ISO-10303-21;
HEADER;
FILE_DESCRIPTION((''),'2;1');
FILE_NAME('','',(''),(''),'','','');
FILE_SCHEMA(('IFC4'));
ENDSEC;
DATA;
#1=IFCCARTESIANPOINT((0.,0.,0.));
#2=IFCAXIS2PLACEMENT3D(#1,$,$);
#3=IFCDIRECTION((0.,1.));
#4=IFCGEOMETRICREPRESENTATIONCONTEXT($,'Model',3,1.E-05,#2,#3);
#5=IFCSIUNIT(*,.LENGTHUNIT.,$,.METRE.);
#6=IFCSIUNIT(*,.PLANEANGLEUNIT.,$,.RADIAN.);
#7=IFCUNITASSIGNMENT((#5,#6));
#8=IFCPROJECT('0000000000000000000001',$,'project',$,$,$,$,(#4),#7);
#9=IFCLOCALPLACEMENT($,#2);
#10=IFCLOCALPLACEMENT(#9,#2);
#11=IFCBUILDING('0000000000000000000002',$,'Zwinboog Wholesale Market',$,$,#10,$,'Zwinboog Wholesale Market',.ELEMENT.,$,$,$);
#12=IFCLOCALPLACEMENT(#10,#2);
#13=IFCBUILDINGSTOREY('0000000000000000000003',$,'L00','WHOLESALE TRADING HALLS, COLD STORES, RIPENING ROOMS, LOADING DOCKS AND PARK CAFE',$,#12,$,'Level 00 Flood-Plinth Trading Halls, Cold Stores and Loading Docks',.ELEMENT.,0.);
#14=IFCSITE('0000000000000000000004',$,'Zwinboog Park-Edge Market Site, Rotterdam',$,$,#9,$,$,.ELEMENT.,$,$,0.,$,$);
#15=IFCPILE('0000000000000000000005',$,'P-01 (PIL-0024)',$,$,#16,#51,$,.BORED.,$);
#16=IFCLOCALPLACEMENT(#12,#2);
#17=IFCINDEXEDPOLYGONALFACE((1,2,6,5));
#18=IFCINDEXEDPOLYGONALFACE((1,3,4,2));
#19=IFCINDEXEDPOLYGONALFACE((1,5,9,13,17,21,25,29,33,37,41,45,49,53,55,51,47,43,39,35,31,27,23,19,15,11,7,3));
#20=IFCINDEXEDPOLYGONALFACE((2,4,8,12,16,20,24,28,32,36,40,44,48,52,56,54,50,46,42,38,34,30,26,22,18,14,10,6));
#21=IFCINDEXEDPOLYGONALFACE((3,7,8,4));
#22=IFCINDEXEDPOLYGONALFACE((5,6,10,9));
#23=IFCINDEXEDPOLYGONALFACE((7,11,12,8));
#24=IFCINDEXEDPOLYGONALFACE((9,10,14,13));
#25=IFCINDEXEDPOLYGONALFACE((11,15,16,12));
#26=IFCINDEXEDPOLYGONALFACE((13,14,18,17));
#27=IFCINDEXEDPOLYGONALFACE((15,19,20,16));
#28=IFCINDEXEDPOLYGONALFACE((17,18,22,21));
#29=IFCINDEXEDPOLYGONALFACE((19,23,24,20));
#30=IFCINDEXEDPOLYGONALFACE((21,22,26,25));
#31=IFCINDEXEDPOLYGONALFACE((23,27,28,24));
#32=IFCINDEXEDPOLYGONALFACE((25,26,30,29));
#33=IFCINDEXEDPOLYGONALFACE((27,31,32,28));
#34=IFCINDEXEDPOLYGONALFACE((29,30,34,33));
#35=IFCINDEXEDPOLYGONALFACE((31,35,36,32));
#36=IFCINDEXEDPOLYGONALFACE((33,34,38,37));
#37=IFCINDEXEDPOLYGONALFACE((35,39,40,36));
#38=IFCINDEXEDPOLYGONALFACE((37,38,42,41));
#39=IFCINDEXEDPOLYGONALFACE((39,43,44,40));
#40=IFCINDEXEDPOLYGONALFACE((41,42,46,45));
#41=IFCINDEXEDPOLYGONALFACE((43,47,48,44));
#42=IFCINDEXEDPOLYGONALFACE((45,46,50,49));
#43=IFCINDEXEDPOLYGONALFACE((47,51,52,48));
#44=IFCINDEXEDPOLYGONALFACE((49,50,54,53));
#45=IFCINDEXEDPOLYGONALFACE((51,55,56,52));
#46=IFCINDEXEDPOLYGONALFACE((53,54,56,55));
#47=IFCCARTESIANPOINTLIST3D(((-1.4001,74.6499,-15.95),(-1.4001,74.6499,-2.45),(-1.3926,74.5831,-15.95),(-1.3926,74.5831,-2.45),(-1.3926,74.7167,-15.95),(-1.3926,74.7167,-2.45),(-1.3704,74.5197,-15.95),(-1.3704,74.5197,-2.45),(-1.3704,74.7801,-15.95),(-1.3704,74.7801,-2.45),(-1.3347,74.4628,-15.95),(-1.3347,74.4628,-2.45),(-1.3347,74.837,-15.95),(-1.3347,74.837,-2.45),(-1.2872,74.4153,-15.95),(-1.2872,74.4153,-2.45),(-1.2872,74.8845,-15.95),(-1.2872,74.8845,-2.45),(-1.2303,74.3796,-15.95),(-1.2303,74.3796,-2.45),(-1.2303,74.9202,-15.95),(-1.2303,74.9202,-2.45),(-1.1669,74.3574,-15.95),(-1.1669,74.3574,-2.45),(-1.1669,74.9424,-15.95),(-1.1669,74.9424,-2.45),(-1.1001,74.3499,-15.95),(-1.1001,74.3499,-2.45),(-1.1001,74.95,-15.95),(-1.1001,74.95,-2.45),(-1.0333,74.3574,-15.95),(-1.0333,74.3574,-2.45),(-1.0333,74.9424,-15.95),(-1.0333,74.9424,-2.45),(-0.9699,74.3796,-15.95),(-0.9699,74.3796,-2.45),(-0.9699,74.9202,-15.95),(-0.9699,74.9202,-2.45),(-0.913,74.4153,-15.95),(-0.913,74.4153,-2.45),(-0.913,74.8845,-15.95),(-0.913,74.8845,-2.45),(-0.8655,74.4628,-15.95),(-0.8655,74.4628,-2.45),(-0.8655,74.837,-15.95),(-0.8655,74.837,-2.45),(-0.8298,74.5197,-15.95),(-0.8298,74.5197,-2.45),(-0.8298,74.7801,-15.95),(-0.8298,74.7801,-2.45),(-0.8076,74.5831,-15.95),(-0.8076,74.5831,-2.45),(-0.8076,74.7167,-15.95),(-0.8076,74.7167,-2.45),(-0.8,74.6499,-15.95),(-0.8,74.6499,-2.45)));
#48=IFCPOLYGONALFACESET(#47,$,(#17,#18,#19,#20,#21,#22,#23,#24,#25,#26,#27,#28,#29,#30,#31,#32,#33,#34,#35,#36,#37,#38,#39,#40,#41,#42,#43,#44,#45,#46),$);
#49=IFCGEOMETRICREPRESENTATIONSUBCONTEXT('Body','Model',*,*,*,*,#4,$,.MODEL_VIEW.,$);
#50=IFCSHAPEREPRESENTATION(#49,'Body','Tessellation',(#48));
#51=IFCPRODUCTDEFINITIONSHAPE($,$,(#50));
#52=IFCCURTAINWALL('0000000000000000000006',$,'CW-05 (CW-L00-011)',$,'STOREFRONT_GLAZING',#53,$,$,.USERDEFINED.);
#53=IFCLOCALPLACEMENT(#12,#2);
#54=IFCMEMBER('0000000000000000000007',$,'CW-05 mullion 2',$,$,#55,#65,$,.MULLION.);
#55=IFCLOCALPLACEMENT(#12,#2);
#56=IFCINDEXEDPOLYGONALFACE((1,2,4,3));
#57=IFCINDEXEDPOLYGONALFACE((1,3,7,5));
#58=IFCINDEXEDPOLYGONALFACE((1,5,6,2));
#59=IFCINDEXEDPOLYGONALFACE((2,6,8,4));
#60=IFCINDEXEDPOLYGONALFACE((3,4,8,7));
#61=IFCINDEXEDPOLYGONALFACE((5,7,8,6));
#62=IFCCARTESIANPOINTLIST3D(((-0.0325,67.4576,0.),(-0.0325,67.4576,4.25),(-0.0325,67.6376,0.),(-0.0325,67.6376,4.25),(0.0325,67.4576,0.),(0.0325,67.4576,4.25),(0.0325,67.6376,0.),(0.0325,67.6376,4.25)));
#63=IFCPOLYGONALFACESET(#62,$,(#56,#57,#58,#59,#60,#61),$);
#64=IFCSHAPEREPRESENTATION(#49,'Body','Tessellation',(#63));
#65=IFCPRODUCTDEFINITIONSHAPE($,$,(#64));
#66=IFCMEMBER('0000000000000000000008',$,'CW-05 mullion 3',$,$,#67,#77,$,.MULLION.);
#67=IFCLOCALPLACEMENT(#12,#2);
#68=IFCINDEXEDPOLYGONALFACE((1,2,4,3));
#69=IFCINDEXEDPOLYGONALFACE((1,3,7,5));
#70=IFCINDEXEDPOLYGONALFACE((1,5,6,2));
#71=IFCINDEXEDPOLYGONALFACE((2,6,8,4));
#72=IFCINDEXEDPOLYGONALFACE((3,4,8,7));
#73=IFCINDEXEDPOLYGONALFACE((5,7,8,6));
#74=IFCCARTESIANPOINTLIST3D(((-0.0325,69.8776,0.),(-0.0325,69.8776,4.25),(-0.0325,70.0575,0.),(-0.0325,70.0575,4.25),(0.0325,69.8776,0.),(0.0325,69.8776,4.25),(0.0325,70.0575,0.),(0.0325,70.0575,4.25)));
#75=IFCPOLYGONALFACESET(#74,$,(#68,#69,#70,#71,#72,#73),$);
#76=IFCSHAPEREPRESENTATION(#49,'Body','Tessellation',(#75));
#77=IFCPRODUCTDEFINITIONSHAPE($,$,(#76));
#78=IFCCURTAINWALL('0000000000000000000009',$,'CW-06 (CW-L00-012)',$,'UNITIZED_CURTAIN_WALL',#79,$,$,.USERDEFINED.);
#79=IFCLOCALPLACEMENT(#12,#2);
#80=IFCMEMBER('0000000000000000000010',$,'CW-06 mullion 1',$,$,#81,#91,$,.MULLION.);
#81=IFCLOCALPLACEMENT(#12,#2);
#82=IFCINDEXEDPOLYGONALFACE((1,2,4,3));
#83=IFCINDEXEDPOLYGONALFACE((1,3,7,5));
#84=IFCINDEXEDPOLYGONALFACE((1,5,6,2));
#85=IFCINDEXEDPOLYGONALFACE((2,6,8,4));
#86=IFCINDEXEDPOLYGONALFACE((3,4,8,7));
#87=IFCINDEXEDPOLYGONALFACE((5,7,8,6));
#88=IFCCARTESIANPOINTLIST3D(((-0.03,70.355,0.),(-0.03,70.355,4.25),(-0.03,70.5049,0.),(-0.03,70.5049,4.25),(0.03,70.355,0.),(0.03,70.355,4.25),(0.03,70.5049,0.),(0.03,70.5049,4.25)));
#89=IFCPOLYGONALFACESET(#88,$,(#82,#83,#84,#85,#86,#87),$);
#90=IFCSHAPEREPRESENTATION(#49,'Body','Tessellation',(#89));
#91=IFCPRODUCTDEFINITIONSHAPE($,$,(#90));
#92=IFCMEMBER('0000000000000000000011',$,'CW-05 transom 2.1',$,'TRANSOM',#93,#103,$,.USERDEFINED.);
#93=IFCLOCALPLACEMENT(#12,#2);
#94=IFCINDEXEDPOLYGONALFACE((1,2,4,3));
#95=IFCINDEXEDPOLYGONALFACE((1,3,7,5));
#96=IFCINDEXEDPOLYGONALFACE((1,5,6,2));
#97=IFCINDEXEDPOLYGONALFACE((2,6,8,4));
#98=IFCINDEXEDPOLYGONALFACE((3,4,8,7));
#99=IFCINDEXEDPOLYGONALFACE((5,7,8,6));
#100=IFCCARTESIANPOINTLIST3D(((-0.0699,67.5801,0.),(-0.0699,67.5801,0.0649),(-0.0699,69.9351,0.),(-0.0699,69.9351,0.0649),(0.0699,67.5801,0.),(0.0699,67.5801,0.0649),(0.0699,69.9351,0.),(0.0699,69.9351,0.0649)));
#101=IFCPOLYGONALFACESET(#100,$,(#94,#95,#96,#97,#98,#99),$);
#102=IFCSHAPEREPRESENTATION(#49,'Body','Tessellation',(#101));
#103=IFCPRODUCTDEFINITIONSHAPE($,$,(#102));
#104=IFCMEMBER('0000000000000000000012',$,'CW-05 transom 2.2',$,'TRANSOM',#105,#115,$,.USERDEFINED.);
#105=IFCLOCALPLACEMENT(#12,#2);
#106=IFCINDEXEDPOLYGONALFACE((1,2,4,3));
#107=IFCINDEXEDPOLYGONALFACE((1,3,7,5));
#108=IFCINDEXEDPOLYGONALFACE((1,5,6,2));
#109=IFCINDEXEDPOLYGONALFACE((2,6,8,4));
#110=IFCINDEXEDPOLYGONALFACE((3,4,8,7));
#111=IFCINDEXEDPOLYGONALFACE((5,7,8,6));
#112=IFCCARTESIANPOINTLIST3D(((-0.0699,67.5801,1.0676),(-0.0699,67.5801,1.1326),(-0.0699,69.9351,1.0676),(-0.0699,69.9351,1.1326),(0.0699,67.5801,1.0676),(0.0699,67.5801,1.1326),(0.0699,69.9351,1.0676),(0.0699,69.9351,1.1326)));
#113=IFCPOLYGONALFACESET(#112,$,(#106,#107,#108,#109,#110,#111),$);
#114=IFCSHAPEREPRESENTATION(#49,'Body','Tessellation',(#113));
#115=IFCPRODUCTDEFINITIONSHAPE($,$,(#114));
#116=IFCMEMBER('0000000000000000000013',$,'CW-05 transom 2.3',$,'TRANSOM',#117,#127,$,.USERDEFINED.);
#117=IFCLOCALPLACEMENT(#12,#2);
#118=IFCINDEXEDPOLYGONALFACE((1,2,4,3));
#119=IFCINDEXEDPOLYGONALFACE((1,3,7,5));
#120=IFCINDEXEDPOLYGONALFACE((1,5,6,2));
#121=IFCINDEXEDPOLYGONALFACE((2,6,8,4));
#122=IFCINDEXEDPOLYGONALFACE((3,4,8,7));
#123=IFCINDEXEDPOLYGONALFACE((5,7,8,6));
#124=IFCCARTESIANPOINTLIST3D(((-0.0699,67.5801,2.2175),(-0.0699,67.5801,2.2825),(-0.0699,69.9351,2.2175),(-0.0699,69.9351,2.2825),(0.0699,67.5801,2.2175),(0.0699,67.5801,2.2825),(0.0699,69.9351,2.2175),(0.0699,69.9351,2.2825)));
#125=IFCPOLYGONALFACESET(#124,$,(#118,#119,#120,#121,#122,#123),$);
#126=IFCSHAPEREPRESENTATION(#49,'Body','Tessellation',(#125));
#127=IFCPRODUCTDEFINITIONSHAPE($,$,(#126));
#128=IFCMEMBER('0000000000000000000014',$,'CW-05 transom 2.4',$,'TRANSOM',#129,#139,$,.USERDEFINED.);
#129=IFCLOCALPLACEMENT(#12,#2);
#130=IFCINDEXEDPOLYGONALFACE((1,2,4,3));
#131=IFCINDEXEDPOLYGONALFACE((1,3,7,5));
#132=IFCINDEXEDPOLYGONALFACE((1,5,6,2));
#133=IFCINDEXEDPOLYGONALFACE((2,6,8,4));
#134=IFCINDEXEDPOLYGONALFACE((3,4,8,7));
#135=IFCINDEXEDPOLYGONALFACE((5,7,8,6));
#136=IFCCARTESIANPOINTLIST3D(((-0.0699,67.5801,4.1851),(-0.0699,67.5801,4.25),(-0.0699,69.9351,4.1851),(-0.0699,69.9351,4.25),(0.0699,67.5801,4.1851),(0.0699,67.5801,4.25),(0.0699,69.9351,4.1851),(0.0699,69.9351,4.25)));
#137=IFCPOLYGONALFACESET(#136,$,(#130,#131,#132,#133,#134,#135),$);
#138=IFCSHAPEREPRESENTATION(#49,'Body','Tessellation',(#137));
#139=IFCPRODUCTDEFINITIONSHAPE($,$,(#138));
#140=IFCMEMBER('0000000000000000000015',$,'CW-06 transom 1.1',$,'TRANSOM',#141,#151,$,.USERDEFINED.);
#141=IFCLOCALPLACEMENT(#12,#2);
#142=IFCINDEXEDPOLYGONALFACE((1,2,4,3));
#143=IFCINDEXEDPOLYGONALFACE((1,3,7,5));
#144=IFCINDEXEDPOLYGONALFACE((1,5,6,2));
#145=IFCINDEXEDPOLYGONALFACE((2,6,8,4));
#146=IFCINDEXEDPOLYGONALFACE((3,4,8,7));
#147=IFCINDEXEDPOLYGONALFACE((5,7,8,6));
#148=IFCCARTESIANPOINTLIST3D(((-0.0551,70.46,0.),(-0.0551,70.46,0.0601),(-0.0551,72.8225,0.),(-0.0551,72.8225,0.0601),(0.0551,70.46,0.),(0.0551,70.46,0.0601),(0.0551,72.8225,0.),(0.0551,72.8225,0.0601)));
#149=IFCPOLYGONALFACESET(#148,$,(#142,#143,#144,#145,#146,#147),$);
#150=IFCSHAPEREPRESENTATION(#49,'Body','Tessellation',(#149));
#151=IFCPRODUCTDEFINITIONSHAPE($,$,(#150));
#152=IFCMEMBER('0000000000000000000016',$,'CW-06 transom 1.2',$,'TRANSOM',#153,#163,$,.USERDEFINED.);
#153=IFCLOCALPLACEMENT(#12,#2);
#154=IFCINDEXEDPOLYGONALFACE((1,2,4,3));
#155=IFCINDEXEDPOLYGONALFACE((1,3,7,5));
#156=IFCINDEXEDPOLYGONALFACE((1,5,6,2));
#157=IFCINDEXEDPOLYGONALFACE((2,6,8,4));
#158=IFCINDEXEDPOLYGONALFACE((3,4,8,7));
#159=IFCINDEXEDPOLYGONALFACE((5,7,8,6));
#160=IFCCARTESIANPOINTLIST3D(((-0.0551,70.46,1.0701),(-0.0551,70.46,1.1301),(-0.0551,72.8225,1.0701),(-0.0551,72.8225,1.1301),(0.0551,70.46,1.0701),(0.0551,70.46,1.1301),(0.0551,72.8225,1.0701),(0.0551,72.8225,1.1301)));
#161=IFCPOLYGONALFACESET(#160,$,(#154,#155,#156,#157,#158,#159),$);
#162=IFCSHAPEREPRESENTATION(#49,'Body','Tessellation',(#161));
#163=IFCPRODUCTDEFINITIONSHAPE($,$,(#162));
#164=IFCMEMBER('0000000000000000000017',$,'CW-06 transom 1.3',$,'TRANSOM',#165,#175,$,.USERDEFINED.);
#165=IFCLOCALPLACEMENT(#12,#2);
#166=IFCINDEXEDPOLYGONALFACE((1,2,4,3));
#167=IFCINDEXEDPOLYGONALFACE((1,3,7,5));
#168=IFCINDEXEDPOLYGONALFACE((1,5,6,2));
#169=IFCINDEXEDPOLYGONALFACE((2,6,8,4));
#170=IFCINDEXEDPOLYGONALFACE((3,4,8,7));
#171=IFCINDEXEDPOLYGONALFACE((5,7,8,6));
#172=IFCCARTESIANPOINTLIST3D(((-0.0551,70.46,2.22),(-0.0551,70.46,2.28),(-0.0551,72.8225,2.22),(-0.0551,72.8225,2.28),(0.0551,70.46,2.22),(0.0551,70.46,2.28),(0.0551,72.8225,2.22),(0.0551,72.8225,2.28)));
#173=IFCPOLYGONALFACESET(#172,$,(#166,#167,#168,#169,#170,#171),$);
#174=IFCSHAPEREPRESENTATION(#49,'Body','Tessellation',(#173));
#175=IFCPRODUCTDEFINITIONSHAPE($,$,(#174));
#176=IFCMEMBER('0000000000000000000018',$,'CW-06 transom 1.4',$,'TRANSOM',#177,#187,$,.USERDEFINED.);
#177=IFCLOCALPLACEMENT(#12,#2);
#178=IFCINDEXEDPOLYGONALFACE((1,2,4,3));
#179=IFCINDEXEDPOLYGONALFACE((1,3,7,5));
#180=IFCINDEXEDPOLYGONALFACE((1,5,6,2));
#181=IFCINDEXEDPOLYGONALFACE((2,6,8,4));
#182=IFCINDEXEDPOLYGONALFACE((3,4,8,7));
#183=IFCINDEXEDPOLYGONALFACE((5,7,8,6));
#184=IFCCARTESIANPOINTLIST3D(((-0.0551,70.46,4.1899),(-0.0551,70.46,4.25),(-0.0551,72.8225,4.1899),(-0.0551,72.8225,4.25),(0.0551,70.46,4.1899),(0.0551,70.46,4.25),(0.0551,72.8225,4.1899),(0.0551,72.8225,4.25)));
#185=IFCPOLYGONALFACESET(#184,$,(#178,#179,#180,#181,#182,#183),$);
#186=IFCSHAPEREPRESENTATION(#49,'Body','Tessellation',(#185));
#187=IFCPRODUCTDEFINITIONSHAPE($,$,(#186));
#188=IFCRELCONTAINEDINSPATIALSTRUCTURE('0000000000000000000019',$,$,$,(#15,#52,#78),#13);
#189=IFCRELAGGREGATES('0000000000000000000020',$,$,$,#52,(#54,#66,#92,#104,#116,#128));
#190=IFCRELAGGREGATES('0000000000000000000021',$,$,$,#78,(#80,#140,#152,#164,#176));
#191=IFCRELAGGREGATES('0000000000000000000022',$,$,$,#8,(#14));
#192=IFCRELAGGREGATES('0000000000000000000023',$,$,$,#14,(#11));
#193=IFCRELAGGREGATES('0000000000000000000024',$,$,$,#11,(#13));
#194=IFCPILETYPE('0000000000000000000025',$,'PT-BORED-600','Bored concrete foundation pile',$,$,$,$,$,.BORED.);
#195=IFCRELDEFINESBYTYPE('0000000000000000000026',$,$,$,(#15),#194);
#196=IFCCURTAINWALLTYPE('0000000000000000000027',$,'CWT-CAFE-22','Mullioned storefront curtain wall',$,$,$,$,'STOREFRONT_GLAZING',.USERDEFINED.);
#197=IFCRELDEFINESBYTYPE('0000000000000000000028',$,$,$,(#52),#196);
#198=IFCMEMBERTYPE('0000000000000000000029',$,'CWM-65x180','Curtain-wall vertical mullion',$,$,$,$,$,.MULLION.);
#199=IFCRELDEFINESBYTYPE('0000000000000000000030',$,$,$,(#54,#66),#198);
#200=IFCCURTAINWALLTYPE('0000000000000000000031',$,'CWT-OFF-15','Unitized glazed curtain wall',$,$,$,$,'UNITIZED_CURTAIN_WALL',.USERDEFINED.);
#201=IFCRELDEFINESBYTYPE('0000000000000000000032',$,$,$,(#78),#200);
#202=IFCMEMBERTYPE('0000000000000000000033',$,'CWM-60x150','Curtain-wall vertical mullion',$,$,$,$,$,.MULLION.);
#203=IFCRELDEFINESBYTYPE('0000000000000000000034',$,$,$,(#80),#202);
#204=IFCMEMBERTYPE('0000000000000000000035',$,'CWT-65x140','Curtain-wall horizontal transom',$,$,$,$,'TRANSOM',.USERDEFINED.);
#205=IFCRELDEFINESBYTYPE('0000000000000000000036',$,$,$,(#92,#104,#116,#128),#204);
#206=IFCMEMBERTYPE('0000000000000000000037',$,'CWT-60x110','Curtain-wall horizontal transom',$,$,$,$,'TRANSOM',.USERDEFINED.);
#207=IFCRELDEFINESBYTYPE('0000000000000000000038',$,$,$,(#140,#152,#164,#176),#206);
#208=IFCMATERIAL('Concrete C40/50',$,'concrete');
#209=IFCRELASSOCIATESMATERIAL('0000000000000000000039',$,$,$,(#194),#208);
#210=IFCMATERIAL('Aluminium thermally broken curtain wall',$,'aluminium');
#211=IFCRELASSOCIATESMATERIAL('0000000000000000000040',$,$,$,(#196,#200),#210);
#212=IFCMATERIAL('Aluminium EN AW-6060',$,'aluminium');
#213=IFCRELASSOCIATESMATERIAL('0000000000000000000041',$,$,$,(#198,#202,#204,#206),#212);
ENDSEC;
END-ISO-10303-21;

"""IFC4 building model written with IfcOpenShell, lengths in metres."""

from ifc_helpers import new_model, si_unit, direction, frame, origin, origin_2d, place, context, subcontext, project, spatial, rectangle, circle, extrude, material, material_profile, profile_set, type_object, element, aggregate, save


model = new_model("IFC4")

# Units and contexts
model_context = context("Model", 3, precision=1e-05, world=origin(), true_north=direction((0.0, 1.0)))
body_context = subcontext(model_context, "Body", "Model", "MODEL_VIEW")
ifc_project = project(units=[si_unit("LENGTHUNIT", "METRE"), si_unit("PLANEANGLEUNIT", "RADIAN")], contexts=[model_context])

# Site, building, storey
site_placement = place(None, origin())
site = spatial("IfcSite", under=ifc_project, at=site_placement, Name="Zwinboog Park-Edge Market Site, Rotterdam", CompositionType="ELEMENT", RefElevation=0.0)
building_placement = place(site_placement, origin())
building = spatial("IfcBuilding", under=site, at=building_placement, Name="Zwinboog Wholesale Market", LongName="Zwinboog Wholesale Market", CompositionType="ELEMENT")
storey_placement = place(building_placement, origin())
storey = spatial("IfcBuildingStorey", under=building, at=storey_placement, Name="L00", Description="WHOLESALE TRADING HALLS, COLD STORES, RIPENING ROOMS, LOADING DOCKS AND PARK CAFE", LongName="Level 00 Flood-Plinth Trading Halls, Cold Stores and Loading Docks", CompositionType="ELEMENT", Elevation=0.0)

# Pile
ifc_material_1 = material(Name="Concrete C40/50", Category="concrete")
ifc_material_profile_1 = material_profile(ifc_material_1, circle(Radius=0.3, at=origin_2d()), Name="PILE D600")
ifc_profile_set_1 = profile_set([ifc_material_profile_1], Name="Concrete C40/50")
pile_type = type_object("IfcPileType", Name="PT-BORED-600", Description="Bored concrete foundation pile", PredefinedType="BORED", material=ifc_profile_set_1)
pile_placement = place(storey_placement, frame((-1.1001, 74.6499, -2.45), z_axis=(0.0, 0.0, -1.0), x_axis=(1.0, 0.0, 0.0)))
element("IfcPile", 1, at=pile_placement, inside=storey, type_object=pile_type, Name="P-01 (PIL-0024)", PredefinedType="BORED", context=body_context, shape_type="SweptSolid", body=[
    extrude(circle(Radius=0.3, at=origin_2d()), origin(), (0.0, 0.0, 1.0), 13.5),
])

# Curtain wall, members
ifc_material_2 = material(Name="Aluminium thermally broken curtain wall", Category="aluminium")
curtain_wall_type_1 = type_object("IfcCurtainWallType", Name="CWT-CAFE-22", Description="Mullioned storefront curtain wall", ElementType="STOREFRONT_GLAZING", PredefinedType="USERDEFINED", material=ifc_material_2)
curtain_wall_1_placement = place(storey_placement, origin())
curtain_wall_1 = element("IfcCurtainWall", 2, at=curtain_wall_1_placement, inside=storey, type_object=curtain_wall_type_1, Name="CW-05 (CW-L00-011)", ObjectType="STOREFRONT_GLAZING", PredefinedType="USERDEFINED")
ifc_material_3 = material(Name="Aluminium EN AW-6060", Category="aluminium")
ifc_material_profile_2 = material_profile(ifc_material_3, rectangle(XDim=0.0649, YDim=0.1799, at=origin_2d()), Name="AL 65x180")
ifc_profile_set_2 = profile_set([ifc_material_profile_2], Name="Aluminium EN AW-6060")
member_type_1 = type_object("IfcMemberType", Name="CWM-65x180", Description="Curtain-wall vertical mullion", PredefinedType="MULLION", material=ifc_profile_set_2)
member_1_placement = place(storey_placement, frame((0.0, 67.5476, 0.0), z_axis=(0.0, 0.0, 1.0), x_axis=(-1.0, 0.0, 0.0)))
member_1 = element("IfcMember", 3, at=member_1_placement, type_object=member_type_1, Name="CW-05 mullion 2", PredefinedType="MULLION", context=body_context, shape_type="SweptSolid", body=[
    extrude(rectangle(XDim=0.0649, YDim=0.1799, at=origin_2d()), origin(), (0.0, 0.0, 1.0), 4.25),
])
member_2_placement = place(storey_placement, frame((0.0, 69.9675, 0.0), z_axis=(0.0, 0.0, 1.0), x_axis=(-1.0, 0.0, 0.0)))
member_2 = element("IfcMember", 4, at=member_2_placement, type_object=member_type_1, Name="CW-05 mullion 3", PredefinedType="MULLION", context=body_context, shape_type="SweptSolid", body=[
    extrude(rectangle(XDim=0.0649, YDim=0.1799, at=origin_2d()), origin(), (0.0, 0.0, 1.0), 4.25),
])

# Curtain wall, member
curtain_wall_type_2 = type_object("IfcCurtainWallType", Name="CWT-OFF-15", Description="Unitized glazed curtain wall", ElementType="UNITIZED_CURTAIN_WALL", PredefinedType="USERDEFINED", material=ifc_material_2)
curtain_wall_2_placement = place(storey_placement, origin())
curtain_wall_2 = element("IfcCurtainWall", 5, at=curtain_wall_2_placement, inside=storey, type_object=curtain_wall_type_2, Name="CW-06 (CW-L00-012)", ObjectType="UNITIZED_CURTAIN_WALL", PredefinedType="USERDEFINED")
ifc_material_profile_3 = material_profile(ifc_material_3, rectangle(XDim=0.0601, YDim=0.1499, at=origin_2d()), Name="AL 60x150")
ifc_profile_set_3 = profile_set([ifc_material_profile_3], Name="Aluminium EN AW-6060")
member_type_2 = type_object("IfcMemberType", Name="CWM-60x150", Description="Curtain-wall vertical mullion", PredefinedType="MULLION", material=ifc_profile_set_3)
member_3_placement = place(storey_placement, frame((0.0, 70.4299, 0.0), z_axis=(0.0, 0.0, 1.0), x_axis=(-1.0, 0.0, 0.0)))
member_3 = element("IfcMember", 6, at=member_3_placement, type_object=member_type_2, Name="CW-06 mullion 1", PredefinedType="MULLION", context=body_context, shape_type="SweptSolid", body=[
    extrude(rectangle(XDim=0.0601, YDim=0.1499, at=origin_2d()), origin(), (0.0, 0.0, 1.0), 4.25),
])

# Members
ifc_material_profile_4 = material_profile(ifc_material_3, rectangle(XDim=0.1399, YDim=0.0649, at=origin_2d()), Name="AL 65x140")
ifc_profile_set_4 = profile_set([ifc_material_profile_4], Name="Aluminium EN AW-6060")
member_type_3 = type_object("IfcMemberType", Name="CWT-65x140", Description="Curtain-wall horizontal transom", ElementType="TRANSOM", PredefinedType="USERDEFINED", material=ifc_profile_set_4)
member_4_placement = place(storey_placement, frame((0.0, 67.5801, 0.0325), z_axis=(0.0, 1.0, 0.0), x_axis=(-1.0, 0.0, 0.0)))
member_4 = element("IfcMember", 7, at=member_4_placement, type_object=member_type_3, Name="CW-05 transom 2.1", ObjectType="TRANSOM", PredefinedType="USERDEFINED", context=body_context, shape_type="SweptSolid", body=[
    extrude(rectangle(XDim=0.1399, YDim=0.0649, at=origin_2d()), origin(), (0.0, 0.0, 1.0), 2.355),
])
member_5_placement = place(storey_placement, frame((0.0, 67.5801, 1.1001), z_axis=(0.0, 1.0, 0.0), x_axis=(-1.0, 0.0, 0.0)))
member_5 = element("IfcMember", 8, at=member_5_placement, type_object=member_type_3, Name="CW-05 transom 2.2", ObjectType="TRANSOM", PredefinedType="USERDEFINED", context=body_context, shape_type="SweptSolid", body=[
    extrude(rectangle(XDim=0.1399, YDim=0.0649, at=origin_2d()), origin(), (0.0, 0.0, 1.0), 2.355),
])
member_6_placement = place(storey_placement, frame((0.0, 67.5801, 2.25), z_axis=(0.0, 1.0, 0.0), x_axis=(-1.0, 0.0, 0.0)))
member_6 = element("IfcMember", 9, at=member_6_placement, type_object=member_type_3, Name="CW-05 transom 2.3", ObjectType="TRANSOM", PredefinedType="USERDEFINED", context=body_context, shape_type="SweptSolid", body=[
    extrude(rectangle(XDim=0.1399, YDim=0.0649, at=origin_2d()), origin(), (0.0, 0.0, 1.0), 2.355),
])
member_7_placement = place(storey_placement, frame((0.0, 67.5801, 4.2175), z_axis=(0.0, 1.0, 0.0), x_axis=(-1.0, 0.0, 0.0)))
member_7 = element("IfcMember", 10, at=member_7_placement, type_object=member_type_3, Name="CW-05 transom 2.4", ObjectType="TRANSOM", PredefinedType="USERDEFINED", context=body_context, shape_type="SweptSolid", body=[
    extrude(rectangle(XDim=0.1399, YDim=0.0649, at=origin_2d()), origin(), (0.0, 0.0, 1.0), 2.355),
])
ifc_material_profile_5 = material_profile(ifc_material_3, rectangle(XDim=0.1101, YDim=0.0601, at=origin_2d()), Name="AL 60x110")
ifc_profile_set_5 = profile_set([ifc_material_profile_5], Name="Aluminium EN AW-6060")
member_type_4 = type_object("IfcMemberType", Name="CWT-60x110", Description="Curtain-wall horizontal transom", ElementType="TRANSOM", PredefinedType="USERDEFINED", material=ifc_profile_set_5)
member_8_placement = place(storey_placement, frame((0.0, 70.46, 0.03), z_axis=(0.0, 1.0, 0.0), x_axis=(-1.0, 0.0, 0.0)))
member_8 = element("IfcMember", 11, at=member_8_placement, type_object=member_type_4, Name="CW-06 transom 1.1", ObjectType="TRANSOM", PredefinedType="USERDEFINED", context=body_context, shape_type="SweptSolid", body=[
    extrude(rectangle(XDim=0.1101, YDim=0.0601, at=origin_2d()), origin(), (0.0, 0.0, 1.0), 2.3625),
])
member_9_placement = place(storey_placement, frame((0.0, 70.46, 1.1001), z_axis=(0.0, 1.0, 0.0), x_axis=(-1.0, 0.0, 0.0)))
member_9 = element("IfcMember", 12, at=member_9_placement, type_object=member_type_4, Name="CW-06 transom 1.2", ObjectType="TRANSOM", PredefinedType="USERDEFINED", context=body_context, shape_type="SweptSolid", body=[
    extrude(rectangle(XDim=0.1101, YDim=0.0601, at=origin_2d()), origin(), (0.0, 0.0, 1.0), 2.3625),
])
member_10_placement = place(storey_placement, frame((0.0, 70.46, 2.25), z_axis=(0.0, 1.0, 0.0), x_axis=(-1.0, 0.0, 0.0)))
member_10 = element("IfcMember", 13, at=member_10_placement, type_object=member_type_4, Name="CW-06 transom 1.3", ObjectType="TRANSOM", PredefinedType="USERDEFINED", context=body_context, shape_type="SweptSolid", body=[
    extrude(rectangle(XDim=0.1101, YDim=0.0601, at=origin_2d()), origin(), (0.0, 0.0, 1.0), 2.3625),
])
member_11_placement = place(storey_placement, frame((0.0, 70.46, 4.22), z_axis=(0.0, 1.0, 0.0), x_axis=(-1.0, 0.0, 0.0)))
member_11 = element("IfcMember", 14, at=member_11_placement, type_object=member_type_4, Name="CW-06 transom 1.4", ObjectType="TRANSOM", PredefinedType="USERDEFINED", context=body_context, shape_type="SweptSolid", body=[
    extrude(rectangle(XDim=0.1101, YDim=0.0601, at=origin_2d()), origin(), (0.0, 0.0, 1.0), 2.3625),
])

aggregate(curtain_wall_1, [member_1, member_2, member_4, member_5, member_6, member_7])
aggregate(curtain_wall_2, [member_3, member_8, member_9, member_10, member_11])

save(model, "model.ifc")
